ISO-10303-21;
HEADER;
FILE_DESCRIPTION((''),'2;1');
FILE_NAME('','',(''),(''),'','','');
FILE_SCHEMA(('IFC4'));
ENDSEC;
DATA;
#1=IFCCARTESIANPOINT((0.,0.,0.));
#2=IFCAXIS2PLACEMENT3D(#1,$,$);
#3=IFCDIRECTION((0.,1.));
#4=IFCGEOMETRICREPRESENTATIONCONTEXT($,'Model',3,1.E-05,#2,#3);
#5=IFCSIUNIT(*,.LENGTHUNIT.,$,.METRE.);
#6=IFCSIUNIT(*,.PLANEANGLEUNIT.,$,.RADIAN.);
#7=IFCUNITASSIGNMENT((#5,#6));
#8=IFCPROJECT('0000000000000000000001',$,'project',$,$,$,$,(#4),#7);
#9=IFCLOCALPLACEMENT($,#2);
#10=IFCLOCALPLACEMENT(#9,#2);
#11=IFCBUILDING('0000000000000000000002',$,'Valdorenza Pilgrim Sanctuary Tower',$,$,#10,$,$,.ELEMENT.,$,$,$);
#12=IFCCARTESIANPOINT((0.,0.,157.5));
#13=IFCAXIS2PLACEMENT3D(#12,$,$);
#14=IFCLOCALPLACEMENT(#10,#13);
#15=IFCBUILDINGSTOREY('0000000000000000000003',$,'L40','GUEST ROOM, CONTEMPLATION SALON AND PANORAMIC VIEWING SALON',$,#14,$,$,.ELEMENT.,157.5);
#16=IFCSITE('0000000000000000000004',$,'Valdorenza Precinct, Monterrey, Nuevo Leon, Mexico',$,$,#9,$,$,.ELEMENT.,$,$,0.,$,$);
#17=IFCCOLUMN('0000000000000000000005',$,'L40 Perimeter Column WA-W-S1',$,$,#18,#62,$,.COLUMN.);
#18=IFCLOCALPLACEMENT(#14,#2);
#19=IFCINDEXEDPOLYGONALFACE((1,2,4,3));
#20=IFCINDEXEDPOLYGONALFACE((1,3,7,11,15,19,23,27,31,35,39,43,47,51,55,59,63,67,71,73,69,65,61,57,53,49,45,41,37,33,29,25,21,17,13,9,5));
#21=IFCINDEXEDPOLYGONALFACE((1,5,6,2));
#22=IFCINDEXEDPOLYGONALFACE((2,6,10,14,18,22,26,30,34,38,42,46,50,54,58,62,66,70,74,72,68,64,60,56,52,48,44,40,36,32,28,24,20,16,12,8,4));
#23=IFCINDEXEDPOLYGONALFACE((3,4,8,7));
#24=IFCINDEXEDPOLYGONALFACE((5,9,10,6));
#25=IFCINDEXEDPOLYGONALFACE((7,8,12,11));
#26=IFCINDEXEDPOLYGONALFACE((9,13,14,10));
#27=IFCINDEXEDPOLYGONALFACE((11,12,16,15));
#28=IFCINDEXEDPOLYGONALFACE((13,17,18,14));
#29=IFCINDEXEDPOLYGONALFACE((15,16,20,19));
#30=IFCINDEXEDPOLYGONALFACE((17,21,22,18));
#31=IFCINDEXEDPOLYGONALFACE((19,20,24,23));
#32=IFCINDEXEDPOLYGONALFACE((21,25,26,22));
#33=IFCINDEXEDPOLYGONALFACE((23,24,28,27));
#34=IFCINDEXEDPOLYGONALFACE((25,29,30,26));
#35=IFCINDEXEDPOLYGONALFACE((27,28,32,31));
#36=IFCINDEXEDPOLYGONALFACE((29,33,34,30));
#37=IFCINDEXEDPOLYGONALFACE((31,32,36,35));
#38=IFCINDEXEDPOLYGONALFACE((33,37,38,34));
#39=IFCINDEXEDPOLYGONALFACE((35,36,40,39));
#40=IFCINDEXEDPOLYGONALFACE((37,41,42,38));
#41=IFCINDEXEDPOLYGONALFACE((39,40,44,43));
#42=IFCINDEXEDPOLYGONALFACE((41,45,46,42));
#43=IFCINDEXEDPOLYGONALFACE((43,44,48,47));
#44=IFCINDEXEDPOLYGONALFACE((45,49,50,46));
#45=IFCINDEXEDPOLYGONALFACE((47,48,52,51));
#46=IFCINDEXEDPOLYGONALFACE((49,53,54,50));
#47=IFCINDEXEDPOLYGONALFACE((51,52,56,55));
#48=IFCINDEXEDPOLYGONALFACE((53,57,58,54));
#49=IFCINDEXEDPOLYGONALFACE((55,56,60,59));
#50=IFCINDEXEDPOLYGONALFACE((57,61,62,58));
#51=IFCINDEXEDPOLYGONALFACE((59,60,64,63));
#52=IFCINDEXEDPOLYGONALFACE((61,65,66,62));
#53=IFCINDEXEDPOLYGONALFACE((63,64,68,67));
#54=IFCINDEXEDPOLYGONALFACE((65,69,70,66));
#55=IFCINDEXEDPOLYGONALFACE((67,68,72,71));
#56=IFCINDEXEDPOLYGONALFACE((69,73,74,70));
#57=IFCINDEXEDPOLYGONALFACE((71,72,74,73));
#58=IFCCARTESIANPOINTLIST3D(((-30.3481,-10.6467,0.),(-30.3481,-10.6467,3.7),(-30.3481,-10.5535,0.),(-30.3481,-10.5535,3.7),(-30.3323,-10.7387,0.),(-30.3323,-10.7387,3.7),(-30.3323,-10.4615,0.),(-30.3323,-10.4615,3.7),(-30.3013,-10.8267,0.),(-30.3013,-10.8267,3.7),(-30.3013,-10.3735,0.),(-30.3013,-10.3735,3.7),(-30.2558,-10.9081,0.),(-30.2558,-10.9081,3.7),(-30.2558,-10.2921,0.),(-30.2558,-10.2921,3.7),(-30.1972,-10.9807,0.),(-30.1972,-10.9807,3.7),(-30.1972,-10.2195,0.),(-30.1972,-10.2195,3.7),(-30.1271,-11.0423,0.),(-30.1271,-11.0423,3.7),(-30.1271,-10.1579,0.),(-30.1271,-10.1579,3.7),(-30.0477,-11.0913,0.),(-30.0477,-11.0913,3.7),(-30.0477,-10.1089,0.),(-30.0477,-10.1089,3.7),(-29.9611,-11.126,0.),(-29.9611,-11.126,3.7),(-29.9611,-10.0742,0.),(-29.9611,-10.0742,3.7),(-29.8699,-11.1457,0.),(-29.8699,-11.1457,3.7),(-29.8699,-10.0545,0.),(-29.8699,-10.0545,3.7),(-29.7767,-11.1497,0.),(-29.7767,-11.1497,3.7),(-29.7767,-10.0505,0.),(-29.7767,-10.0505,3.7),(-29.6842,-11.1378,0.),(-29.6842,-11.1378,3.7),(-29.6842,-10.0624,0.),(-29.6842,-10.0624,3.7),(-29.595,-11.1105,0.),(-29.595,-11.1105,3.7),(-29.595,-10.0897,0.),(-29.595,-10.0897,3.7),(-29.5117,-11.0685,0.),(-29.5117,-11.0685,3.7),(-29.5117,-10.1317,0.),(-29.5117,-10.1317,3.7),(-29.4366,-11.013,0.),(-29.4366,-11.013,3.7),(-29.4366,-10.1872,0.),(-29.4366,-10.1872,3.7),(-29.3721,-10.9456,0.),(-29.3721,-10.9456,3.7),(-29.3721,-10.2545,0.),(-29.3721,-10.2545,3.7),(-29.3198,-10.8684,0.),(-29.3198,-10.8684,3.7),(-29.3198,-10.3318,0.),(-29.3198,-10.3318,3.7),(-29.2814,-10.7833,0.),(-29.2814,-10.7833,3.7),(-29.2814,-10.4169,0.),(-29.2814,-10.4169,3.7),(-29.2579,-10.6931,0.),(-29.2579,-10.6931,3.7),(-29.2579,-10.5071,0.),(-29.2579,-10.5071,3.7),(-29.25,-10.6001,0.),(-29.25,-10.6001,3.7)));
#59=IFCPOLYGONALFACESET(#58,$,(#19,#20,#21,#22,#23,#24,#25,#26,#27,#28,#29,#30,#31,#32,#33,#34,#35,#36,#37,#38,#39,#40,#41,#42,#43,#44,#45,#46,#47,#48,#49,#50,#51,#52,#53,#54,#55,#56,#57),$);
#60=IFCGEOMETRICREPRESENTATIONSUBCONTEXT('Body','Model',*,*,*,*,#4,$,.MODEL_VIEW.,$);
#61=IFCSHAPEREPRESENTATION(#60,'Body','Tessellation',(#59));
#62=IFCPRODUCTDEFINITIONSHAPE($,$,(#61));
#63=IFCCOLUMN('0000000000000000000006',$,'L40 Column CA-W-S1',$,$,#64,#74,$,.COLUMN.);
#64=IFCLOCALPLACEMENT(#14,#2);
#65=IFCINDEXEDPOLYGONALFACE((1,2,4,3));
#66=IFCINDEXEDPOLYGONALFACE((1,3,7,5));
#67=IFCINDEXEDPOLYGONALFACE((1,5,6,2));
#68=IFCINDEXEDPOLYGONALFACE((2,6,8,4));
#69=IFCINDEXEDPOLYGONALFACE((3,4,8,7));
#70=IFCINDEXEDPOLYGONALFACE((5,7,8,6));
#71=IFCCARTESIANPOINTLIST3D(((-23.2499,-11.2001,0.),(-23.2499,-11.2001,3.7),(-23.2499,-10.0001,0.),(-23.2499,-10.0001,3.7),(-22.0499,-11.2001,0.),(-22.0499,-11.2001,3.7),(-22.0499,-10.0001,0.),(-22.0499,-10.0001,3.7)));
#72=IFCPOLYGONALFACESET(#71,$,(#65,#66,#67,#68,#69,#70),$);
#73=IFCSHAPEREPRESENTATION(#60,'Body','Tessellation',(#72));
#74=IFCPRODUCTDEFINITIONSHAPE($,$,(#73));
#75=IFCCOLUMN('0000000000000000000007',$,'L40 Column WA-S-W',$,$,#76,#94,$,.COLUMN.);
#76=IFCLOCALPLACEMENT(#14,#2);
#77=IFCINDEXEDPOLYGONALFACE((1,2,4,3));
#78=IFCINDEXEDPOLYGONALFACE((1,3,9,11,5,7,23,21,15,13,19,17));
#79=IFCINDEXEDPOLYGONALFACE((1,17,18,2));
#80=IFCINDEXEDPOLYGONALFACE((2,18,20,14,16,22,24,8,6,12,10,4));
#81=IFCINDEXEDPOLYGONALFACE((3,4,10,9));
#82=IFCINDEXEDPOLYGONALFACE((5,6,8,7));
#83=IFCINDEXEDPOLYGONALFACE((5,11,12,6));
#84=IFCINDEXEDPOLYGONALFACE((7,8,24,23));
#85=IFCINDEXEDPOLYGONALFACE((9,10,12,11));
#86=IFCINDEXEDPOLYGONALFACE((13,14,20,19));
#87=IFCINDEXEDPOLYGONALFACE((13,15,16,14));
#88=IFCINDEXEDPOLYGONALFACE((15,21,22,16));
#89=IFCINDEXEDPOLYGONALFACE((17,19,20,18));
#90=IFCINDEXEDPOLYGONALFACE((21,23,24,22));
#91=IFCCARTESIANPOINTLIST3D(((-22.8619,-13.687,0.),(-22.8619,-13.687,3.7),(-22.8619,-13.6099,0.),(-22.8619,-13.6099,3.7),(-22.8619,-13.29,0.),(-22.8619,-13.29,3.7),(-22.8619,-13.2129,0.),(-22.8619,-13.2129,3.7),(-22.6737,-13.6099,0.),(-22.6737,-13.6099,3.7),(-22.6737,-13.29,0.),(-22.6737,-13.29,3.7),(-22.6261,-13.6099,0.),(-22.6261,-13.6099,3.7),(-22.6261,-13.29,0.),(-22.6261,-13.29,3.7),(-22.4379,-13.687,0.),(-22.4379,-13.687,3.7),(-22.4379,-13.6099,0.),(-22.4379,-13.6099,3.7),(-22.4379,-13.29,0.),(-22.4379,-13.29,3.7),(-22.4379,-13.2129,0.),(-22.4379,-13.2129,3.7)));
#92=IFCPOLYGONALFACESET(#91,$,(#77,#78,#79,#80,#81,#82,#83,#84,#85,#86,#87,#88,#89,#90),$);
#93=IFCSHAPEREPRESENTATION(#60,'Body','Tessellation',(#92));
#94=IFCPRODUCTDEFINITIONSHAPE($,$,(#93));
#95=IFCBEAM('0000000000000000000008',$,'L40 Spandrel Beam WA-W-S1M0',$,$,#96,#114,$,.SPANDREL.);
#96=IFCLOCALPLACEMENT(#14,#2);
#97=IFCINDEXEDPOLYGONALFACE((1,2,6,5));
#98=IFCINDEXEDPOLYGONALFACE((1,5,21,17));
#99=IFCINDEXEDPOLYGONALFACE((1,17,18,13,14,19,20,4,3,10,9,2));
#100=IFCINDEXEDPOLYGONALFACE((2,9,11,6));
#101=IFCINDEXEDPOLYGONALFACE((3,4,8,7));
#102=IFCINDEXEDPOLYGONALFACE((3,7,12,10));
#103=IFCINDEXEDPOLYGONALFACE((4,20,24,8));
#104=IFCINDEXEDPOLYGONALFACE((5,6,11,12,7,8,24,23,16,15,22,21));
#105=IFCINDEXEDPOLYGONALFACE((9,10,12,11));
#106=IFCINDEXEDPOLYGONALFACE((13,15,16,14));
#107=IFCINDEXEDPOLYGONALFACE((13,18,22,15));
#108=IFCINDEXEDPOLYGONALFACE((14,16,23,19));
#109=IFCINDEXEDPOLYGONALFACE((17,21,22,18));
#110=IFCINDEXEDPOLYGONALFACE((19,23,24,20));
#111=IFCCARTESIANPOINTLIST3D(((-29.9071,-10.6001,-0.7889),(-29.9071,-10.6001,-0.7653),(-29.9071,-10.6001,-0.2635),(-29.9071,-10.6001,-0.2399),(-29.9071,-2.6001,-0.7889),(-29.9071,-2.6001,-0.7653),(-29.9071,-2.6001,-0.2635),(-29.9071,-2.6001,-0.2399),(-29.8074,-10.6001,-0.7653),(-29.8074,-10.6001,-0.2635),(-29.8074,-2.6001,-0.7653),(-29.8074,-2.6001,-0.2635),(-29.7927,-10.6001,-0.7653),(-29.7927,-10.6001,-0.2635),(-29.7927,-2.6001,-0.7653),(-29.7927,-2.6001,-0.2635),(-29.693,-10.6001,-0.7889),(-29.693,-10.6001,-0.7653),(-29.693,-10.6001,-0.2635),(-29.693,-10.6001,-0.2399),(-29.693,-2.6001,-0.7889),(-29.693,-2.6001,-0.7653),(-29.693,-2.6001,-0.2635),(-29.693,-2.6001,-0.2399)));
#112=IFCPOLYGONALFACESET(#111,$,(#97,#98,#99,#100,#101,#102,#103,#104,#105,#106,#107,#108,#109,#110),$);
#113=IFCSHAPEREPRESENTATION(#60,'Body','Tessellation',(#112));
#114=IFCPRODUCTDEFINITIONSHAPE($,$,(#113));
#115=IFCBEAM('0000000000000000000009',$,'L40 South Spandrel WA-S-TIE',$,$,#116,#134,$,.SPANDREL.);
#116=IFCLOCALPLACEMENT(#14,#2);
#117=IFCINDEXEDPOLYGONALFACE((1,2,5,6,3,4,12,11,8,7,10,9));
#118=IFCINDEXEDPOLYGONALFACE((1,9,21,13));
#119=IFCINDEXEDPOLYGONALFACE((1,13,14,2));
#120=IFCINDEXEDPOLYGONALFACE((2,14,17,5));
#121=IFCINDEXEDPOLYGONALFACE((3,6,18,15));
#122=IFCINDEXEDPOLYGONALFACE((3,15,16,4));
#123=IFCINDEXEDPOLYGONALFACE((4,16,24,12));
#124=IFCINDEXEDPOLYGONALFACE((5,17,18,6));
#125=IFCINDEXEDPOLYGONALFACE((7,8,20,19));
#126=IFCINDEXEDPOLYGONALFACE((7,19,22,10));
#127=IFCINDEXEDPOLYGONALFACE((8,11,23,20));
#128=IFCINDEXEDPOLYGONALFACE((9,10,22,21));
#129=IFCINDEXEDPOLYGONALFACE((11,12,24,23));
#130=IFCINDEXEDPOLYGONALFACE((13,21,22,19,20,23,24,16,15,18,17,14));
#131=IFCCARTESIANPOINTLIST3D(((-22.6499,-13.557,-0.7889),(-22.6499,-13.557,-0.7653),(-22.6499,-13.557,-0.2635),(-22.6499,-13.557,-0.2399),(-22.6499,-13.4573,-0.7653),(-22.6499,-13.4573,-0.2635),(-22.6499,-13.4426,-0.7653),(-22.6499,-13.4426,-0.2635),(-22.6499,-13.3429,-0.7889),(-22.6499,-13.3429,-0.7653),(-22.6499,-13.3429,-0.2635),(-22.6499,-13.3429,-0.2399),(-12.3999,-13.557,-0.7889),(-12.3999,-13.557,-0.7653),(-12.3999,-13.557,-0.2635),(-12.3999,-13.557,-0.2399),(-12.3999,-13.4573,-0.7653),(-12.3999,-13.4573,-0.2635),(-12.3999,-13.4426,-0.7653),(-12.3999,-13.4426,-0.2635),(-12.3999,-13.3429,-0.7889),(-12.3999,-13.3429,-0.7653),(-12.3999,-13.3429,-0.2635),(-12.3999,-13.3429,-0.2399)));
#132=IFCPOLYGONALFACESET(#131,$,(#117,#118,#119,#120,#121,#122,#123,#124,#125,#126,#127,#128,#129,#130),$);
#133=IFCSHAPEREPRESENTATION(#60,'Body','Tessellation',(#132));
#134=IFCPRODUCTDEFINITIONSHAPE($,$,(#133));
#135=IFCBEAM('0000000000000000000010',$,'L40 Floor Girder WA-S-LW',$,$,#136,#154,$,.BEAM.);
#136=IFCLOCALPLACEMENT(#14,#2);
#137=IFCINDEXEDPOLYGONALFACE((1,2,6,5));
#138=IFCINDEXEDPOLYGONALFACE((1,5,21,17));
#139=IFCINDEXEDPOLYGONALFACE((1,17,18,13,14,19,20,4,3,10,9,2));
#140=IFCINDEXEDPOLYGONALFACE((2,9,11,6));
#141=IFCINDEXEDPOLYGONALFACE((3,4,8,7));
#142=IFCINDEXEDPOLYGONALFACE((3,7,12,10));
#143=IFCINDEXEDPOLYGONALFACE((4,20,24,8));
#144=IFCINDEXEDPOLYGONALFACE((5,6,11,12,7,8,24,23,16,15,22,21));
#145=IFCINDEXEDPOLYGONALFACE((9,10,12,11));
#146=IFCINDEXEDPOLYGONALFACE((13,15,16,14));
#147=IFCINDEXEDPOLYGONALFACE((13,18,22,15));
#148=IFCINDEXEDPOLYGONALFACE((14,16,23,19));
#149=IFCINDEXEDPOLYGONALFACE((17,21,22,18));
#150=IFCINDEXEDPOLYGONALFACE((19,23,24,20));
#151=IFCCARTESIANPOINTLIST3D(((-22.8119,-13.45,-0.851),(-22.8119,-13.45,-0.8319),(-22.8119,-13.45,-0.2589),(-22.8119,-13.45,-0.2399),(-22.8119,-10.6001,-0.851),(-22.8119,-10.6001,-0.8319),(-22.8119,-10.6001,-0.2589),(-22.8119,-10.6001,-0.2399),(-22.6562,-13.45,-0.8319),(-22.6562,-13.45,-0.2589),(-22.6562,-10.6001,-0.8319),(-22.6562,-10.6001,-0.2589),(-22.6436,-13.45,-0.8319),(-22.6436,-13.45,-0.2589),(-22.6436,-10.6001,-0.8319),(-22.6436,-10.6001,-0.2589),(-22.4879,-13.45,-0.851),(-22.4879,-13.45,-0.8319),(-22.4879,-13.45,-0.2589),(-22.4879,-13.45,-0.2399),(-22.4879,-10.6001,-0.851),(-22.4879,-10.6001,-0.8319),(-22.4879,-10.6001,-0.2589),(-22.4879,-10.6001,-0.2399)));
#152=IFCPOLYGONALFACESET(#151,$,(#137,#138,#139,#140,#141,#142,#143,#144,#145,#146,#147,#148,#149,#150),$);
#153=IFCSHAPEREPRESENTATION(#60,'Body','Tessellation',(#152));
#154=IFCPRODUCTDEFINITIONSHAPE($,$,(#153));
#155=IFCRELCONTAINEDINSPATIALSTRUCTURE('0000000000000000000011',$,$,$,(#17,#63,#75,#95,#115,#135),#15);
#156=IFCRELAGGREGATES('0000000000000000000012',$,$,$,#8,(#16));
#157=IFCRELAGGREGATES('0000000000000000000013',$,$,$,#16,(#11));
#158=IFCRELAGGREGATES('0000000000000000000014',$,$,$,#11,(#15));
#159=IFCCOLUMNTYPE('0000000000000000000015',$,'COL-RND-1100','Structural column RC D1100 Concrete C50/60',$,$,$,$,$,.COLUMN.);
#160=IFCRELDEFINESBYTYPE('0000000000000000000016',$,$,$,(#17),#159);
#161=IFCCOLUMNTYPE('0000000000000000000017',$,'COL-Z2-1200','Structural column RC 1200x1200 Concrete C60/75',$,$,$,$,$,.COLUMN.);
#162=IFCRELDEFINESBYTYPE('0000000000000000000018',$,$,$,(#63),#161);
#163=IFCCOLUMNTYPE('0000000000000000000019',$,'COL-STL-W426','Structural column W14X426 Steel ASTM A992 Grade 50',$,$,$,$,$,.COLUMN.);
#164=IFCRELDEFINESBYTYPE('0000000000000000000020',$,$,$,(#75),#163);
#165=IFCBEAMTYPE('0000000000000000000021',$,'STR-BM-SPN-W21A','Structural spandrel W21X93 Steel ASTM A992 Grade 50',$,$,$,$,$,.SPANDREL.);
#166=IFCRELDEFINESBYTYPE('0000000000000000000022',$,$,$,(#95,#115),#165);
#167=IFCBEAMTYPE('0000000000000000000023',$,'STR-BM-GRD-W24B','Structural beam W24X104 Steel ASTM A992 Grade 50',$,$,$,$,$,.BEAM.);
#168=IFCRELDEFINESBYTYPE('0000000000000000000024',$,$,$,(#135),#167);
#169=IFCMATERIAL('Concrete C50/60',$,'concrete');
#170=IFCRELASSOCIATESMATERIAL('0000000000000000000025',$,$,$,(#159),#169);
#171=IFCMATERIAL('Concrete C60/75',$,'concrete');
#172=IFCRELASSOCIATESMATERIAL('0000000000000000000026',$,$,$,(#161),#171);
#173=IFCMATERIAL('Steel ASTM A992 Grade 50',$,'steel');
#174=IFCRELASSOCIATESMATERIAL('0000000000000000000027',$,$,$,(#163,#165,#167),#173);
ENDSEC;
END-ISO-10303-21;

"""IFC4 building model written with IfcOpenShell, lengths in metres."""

from ifc_helpers import new_model, si_unit, direction, frame, origin, origin_2d, place, context, subcontext, project, spatial, rectangle, circle, i_section, extrude, source, transform, mapped, material, material_profile, profile_set, type_object, element, save


model = new_model("IFC4")

# Units and contexts
model_context = context("Model", 3, precision=1e-05, world=origin(), true_north=direction((0.0, 1.0)))
body_context = subcontext(model_context, "Body", "Model", "MODEL_VIEW")
ifc_project = project(units=[si_unit("LENGTHUNIT", "METRE"), si_unit("PLANEANGLEUNIT", "RADIAN")], contexts=[model_context])

# Site, building, storey
site_placement = place(None, origin())
site = spatial("IfcSite", under=ifc_project, at=site_placement, Name="Valdorenza Precinct, Monterrey, Nuevo Leon, Mexico", CompositionType="ELEMENT", RefElevation=0.0)
building_placement = place(site_placement, origin())
building = spatial("IfcBuilding", under=site, at=building_placement, Name="Valdorenza Pilgrim Sanctuary Tower", CompositionType="ELEMENT")
storey_placement = place(building_placement, frame((0.0, 0.0, 157.5)))
storey = spatial("IfcBuildingStorey", under=building, at=storey_placement, Name="L40", Description="GUEST ROOM, CONTEMPLATION SALON AND PANORAMIC VIEWING SALON", CompositionType="ELEMENT", Elevation=157.5)

# Columns
ifc_material_1 = material(Name="Concrete C50/60", Category="concrete")
ifc_material_profile_1 = material_profile(ifc_material_1, circle(Radius=0.55, at=origin_2d()), Name="RC D1100")
ifc_profile_set_1 = profile_set([ifc_material_profile_1], Name="Concrete C50/60")
column_type_1 = type_object("IfcColumnType", Name="COL-RND-1100", Description="Structural column RC D1100 Concrete C50/60", PredefinedType="COLUMN", material=ifc_profile_set_1)
shared_shape_1 = source(origin(), body_context, "Body", "SweptSolid", [
    extrude(circle(Radius=0.55, at=origin_2d()), origin(), (0.0, 0.0, 1.0), 3.7),
])
column_1_placement = place(storey_placement, frame((-29.8, -10.6001, 0.0), z_axis=(0.0, 0.0, 1.0), x_axis=(1.0, 0.0, 0.0)))
element("IfcColumn", 1, at=column_1_placement, inside=storey, type_object=column_type_1, Name="L40 Perimeter Column WA-W-S1", PredefinedType="COLUMN", context=body_context, shape_type="MappedRepresentation", body=[
    mapped(shared_shape_1, transform((0.0, 0.0, 0.0), x_axis=(1.0, 0.0, 0.0), y_axis=(0.0, 1.0, 0.0), z_axis=(0.0, 0.0, 1.0), scale=1.0)),
])
ifc_material_2 = material(Name="Concrete C60/75", Category="concrete")
ifc_material_profile_2 = material_profile(ifc_material_2, rectangle(XDim=1.2, YDim=1.2, at=origin_2d()), Name="RC 1200x1200")
ifc_profile_set_2 = profile_set([ifc_material_profile_2], Name="Concrete C60/75")
column_type_2 = type_object("IfcColumnType", Name="COL-Z2-1200", Description="Structural column RC 1200x1200 Concrete C60/75", PredefinedType="COLUMN", material=ifc_profile_set_2)
shared_shape_2 = source(origin(), body_context, "Body", "SweptSolid", [
    extrude(rectangle(XDim=1.2, YDim=1.2, at=origin_2d()), origin(), (0.0, 0.0, 1.0), 3.7),
])
column_2_placement = place(storey_placement, frame((-22.6499, -10.6001, 0.0), z_axis=(0.0, 0.0, 1.0), x_axis=(1.0, 0.0, 0.0)))
element("IfcColumn", 2, at=column_2_placement, inside=storey, type_object=column_type_2, Name="L40 Column CA-W-S1", PredefinedType="COLUMN", context=body_context, shape_type="MappedRepresentation", body=[
    mapped(shared_shape_2, transform((0.0, 0.0, 0.0), x_axis=(1.0, 0.0, 0.0), y_axis=(0.0, 1.0, 0.0), z_axis=(0.0, 0.0, 1.0), scale=1.0)),
])
ifc_material_3 = material(Name="Steel ASTM A992 Grade 50", Category="steel")
ifc_material_profile_3 = material_profile(ifc_material_3, i_section(OverallWidth=0.4241, OverallDepth=0.4741, WebThickness=0.0476, FlangeThickness=0.0771, at=origin_2d()), Name="W14X426")
ifc_profile_set_3 = profile_set([ifc_material_profile_3], Name="Steel ASTM A992 Grade 50")
column_type_3 = type_object("IfcColumnType", Name="COL-STL-W426", Description="Structural column W14X426 Steel ASTM A992 Grade 50", PredefinedType="COLUMN", material=ifc_profile_set_3)
shared_shape_3 = source(origin(), body_context, "Body", "SweptSolid", [
    extrude(i_section(OverallWidth=0.4241, OverallDepth=0.4741, WebThickness=0.0476, FlangeThickness=0.0771, at=origin_2d()), origin(), (0.0, 0.0, 1.0), 3.7),
])
column_3_placement = place(storey_placement, frame((-22.6499, -13.45, 0.0), z_axis=(0.0, 0.0, 1.0), x_axis=(1.0, 0.0, 0.0)))
element("IfcColumn", 3, at=column_3_placement, inside=storey, type_object=column_type_3, Name="L40 Column WA-S-W", PredefinedType="COLUMN", context=body_context, shape_type="MappedRepresentation", body=[
    mapped(shared_shape_3, transform((0.0, 0.0, 0.0), x_axis=(1.0, 0.0, 0.0), y_axis=(0.0, 1.0, 0.0), z_axis=(0.0, 0.0, 1.0), scale=1.0)),
])

# Beams
ifc_material_profile_4 = material_profile(ifc_material_3, i_section(OverallWidth=0.2141, OverallDepth=0.5491, WebThickness=0.0146, FlangeThickness=0.0237, at=origin_2d()), Name="W21X93")
ifc_profile_set_4 = profile_set([ifc_material_profile_4], Name="Steel ASTM A992 Grade 50")
beam_type_1 = type_object("IfcBeamType", Name="STR-BM-SPN-W21A", Description="Structural spandrel W21X93 Steel ASTM A992 Grade 50", PredefinedType="SPANDREL", material=ifc_profile_set_4)
shared_shape_4 = source(origin(), body_context, "Body", "SweptSolid", [
    extrude(i_section(OverallWidth=0.2141, OverallDepth=0.5491, WebThickness=0.0146, FlangeThickness=0.0237, at=origin_2d()), origin(), (0.0, 0.0, 1.0), 8.0),
])
beam_1_placement = place(storey_placement, frame((-29.8, -10.6001, -0.5144), z_axis=(0.0, 1.0, 0.0), x_axis=(-1.0, 0.0, 0.0)))
element("IfcBeam", 4, at=beam_1_placement, inside=storey, type_object=beam_type_1, Name="L40 Spandrel Beam WA-W-S1M0", PredefinedType="SPANDREL", context=body_context, shape_type="MappedRepresentation", body=[
    mapped(shared_shape_4, transform((0.0, 0.0, 0.0), x_axis=(1.0, 0.0, 0.0), y_axis=(0.0, 1.0, 0.0), z_axis=(0.0, 0.0, 1.0), scale=1.0)),
])
shared_shape_5 = source(origin(), body_context, "Body", "SweptSolid", [
    extrude(i_section(OverallWidth=0.2141, OverallDepth=0.5491, WebThickness=0.0146, FlangeThickness=0.0237, at=origin_2d()), origin(), (0.0, 0.0, 1.0), 10.25),
])
beam_2_placement = place(storey_placement, frame((-22.6499, -13.45, -0.5144), z_axis=(1.0, 0.0, 0.0), x_axis=(0.0, 1.0, 0.0)))
element("IfcBeam", 5, at=beam_2_placement, inside=storey, type_object=beam_type_1, Name="L40 South Spandrel WA-S-TIE", PredefinedType="SPANDREL", context=body_context, shape_type="MappedRepresentation", body=[
    mapped(shared_shape_5, transform((0.0, 0.0, 0.0), x_axis=(1.0, 0.0, 0.0), y_axis=(0.0, 1.0, 0.0), z_axis=(0.0, 0.0, 1.0), scale=1.0)),
])
ifc_material_profile_5 = material_profile(ifc_material_3, i_section(OverallWidth=0.324, OverallDepth=0.6111, WebThickness=0.0127, FlangeThickness=0.019, at=origin_2d()), Name="W24X104")
ifc_profile_set_5 = profile_set([ifc_material_profile_5], Name="Steel ASTM A992 Grade 50")
beam_type_2 = type_object("IfcBeamType", Name="STR-BM-GRD-W24B", Description="Structural beam W24X104 Steel ASTM A992 Grade 50", PredefinedType="BEAM", material=ifc_profile_set_5)
shared_shape_6 = source(origin(), body_context, "Body", "SweptSolid", [
    extrude(i_section(OverallWidth=0.324, OverallDepth=0.6111, WebThickness=0.0127, FlangeThickness=0.019, at=origin_2d()), origin(), (0.0, 0.0, 1.0), 2.8499),
])
beam_3_placement = place(storey_placement, frame((-22.6499, -13.45, -0.5454), z_axis=(0.0, 1.0, 0.0), x_axis=(-1.0, 0.0, 0.0)))
element("IfcBeam", 6, at=beam_3_placement, inside=storey, type_object=beam_type_2, Name="L40 Floor Girder WA-S-LW", PredefinedType="BEAM", context=body_context, shape_type="MappedRepresentation", body=[
    mapped(shared_shape_6, transform((0.0, 0.0, 0.0), x_axis=(1.0, 0.0, 0.0), y_axis=(0.0, 1.0, 0.0), z_axis=(0.0, 0.0, 1.0), scale=1.0)),
])

save(model, "model.ifc")
